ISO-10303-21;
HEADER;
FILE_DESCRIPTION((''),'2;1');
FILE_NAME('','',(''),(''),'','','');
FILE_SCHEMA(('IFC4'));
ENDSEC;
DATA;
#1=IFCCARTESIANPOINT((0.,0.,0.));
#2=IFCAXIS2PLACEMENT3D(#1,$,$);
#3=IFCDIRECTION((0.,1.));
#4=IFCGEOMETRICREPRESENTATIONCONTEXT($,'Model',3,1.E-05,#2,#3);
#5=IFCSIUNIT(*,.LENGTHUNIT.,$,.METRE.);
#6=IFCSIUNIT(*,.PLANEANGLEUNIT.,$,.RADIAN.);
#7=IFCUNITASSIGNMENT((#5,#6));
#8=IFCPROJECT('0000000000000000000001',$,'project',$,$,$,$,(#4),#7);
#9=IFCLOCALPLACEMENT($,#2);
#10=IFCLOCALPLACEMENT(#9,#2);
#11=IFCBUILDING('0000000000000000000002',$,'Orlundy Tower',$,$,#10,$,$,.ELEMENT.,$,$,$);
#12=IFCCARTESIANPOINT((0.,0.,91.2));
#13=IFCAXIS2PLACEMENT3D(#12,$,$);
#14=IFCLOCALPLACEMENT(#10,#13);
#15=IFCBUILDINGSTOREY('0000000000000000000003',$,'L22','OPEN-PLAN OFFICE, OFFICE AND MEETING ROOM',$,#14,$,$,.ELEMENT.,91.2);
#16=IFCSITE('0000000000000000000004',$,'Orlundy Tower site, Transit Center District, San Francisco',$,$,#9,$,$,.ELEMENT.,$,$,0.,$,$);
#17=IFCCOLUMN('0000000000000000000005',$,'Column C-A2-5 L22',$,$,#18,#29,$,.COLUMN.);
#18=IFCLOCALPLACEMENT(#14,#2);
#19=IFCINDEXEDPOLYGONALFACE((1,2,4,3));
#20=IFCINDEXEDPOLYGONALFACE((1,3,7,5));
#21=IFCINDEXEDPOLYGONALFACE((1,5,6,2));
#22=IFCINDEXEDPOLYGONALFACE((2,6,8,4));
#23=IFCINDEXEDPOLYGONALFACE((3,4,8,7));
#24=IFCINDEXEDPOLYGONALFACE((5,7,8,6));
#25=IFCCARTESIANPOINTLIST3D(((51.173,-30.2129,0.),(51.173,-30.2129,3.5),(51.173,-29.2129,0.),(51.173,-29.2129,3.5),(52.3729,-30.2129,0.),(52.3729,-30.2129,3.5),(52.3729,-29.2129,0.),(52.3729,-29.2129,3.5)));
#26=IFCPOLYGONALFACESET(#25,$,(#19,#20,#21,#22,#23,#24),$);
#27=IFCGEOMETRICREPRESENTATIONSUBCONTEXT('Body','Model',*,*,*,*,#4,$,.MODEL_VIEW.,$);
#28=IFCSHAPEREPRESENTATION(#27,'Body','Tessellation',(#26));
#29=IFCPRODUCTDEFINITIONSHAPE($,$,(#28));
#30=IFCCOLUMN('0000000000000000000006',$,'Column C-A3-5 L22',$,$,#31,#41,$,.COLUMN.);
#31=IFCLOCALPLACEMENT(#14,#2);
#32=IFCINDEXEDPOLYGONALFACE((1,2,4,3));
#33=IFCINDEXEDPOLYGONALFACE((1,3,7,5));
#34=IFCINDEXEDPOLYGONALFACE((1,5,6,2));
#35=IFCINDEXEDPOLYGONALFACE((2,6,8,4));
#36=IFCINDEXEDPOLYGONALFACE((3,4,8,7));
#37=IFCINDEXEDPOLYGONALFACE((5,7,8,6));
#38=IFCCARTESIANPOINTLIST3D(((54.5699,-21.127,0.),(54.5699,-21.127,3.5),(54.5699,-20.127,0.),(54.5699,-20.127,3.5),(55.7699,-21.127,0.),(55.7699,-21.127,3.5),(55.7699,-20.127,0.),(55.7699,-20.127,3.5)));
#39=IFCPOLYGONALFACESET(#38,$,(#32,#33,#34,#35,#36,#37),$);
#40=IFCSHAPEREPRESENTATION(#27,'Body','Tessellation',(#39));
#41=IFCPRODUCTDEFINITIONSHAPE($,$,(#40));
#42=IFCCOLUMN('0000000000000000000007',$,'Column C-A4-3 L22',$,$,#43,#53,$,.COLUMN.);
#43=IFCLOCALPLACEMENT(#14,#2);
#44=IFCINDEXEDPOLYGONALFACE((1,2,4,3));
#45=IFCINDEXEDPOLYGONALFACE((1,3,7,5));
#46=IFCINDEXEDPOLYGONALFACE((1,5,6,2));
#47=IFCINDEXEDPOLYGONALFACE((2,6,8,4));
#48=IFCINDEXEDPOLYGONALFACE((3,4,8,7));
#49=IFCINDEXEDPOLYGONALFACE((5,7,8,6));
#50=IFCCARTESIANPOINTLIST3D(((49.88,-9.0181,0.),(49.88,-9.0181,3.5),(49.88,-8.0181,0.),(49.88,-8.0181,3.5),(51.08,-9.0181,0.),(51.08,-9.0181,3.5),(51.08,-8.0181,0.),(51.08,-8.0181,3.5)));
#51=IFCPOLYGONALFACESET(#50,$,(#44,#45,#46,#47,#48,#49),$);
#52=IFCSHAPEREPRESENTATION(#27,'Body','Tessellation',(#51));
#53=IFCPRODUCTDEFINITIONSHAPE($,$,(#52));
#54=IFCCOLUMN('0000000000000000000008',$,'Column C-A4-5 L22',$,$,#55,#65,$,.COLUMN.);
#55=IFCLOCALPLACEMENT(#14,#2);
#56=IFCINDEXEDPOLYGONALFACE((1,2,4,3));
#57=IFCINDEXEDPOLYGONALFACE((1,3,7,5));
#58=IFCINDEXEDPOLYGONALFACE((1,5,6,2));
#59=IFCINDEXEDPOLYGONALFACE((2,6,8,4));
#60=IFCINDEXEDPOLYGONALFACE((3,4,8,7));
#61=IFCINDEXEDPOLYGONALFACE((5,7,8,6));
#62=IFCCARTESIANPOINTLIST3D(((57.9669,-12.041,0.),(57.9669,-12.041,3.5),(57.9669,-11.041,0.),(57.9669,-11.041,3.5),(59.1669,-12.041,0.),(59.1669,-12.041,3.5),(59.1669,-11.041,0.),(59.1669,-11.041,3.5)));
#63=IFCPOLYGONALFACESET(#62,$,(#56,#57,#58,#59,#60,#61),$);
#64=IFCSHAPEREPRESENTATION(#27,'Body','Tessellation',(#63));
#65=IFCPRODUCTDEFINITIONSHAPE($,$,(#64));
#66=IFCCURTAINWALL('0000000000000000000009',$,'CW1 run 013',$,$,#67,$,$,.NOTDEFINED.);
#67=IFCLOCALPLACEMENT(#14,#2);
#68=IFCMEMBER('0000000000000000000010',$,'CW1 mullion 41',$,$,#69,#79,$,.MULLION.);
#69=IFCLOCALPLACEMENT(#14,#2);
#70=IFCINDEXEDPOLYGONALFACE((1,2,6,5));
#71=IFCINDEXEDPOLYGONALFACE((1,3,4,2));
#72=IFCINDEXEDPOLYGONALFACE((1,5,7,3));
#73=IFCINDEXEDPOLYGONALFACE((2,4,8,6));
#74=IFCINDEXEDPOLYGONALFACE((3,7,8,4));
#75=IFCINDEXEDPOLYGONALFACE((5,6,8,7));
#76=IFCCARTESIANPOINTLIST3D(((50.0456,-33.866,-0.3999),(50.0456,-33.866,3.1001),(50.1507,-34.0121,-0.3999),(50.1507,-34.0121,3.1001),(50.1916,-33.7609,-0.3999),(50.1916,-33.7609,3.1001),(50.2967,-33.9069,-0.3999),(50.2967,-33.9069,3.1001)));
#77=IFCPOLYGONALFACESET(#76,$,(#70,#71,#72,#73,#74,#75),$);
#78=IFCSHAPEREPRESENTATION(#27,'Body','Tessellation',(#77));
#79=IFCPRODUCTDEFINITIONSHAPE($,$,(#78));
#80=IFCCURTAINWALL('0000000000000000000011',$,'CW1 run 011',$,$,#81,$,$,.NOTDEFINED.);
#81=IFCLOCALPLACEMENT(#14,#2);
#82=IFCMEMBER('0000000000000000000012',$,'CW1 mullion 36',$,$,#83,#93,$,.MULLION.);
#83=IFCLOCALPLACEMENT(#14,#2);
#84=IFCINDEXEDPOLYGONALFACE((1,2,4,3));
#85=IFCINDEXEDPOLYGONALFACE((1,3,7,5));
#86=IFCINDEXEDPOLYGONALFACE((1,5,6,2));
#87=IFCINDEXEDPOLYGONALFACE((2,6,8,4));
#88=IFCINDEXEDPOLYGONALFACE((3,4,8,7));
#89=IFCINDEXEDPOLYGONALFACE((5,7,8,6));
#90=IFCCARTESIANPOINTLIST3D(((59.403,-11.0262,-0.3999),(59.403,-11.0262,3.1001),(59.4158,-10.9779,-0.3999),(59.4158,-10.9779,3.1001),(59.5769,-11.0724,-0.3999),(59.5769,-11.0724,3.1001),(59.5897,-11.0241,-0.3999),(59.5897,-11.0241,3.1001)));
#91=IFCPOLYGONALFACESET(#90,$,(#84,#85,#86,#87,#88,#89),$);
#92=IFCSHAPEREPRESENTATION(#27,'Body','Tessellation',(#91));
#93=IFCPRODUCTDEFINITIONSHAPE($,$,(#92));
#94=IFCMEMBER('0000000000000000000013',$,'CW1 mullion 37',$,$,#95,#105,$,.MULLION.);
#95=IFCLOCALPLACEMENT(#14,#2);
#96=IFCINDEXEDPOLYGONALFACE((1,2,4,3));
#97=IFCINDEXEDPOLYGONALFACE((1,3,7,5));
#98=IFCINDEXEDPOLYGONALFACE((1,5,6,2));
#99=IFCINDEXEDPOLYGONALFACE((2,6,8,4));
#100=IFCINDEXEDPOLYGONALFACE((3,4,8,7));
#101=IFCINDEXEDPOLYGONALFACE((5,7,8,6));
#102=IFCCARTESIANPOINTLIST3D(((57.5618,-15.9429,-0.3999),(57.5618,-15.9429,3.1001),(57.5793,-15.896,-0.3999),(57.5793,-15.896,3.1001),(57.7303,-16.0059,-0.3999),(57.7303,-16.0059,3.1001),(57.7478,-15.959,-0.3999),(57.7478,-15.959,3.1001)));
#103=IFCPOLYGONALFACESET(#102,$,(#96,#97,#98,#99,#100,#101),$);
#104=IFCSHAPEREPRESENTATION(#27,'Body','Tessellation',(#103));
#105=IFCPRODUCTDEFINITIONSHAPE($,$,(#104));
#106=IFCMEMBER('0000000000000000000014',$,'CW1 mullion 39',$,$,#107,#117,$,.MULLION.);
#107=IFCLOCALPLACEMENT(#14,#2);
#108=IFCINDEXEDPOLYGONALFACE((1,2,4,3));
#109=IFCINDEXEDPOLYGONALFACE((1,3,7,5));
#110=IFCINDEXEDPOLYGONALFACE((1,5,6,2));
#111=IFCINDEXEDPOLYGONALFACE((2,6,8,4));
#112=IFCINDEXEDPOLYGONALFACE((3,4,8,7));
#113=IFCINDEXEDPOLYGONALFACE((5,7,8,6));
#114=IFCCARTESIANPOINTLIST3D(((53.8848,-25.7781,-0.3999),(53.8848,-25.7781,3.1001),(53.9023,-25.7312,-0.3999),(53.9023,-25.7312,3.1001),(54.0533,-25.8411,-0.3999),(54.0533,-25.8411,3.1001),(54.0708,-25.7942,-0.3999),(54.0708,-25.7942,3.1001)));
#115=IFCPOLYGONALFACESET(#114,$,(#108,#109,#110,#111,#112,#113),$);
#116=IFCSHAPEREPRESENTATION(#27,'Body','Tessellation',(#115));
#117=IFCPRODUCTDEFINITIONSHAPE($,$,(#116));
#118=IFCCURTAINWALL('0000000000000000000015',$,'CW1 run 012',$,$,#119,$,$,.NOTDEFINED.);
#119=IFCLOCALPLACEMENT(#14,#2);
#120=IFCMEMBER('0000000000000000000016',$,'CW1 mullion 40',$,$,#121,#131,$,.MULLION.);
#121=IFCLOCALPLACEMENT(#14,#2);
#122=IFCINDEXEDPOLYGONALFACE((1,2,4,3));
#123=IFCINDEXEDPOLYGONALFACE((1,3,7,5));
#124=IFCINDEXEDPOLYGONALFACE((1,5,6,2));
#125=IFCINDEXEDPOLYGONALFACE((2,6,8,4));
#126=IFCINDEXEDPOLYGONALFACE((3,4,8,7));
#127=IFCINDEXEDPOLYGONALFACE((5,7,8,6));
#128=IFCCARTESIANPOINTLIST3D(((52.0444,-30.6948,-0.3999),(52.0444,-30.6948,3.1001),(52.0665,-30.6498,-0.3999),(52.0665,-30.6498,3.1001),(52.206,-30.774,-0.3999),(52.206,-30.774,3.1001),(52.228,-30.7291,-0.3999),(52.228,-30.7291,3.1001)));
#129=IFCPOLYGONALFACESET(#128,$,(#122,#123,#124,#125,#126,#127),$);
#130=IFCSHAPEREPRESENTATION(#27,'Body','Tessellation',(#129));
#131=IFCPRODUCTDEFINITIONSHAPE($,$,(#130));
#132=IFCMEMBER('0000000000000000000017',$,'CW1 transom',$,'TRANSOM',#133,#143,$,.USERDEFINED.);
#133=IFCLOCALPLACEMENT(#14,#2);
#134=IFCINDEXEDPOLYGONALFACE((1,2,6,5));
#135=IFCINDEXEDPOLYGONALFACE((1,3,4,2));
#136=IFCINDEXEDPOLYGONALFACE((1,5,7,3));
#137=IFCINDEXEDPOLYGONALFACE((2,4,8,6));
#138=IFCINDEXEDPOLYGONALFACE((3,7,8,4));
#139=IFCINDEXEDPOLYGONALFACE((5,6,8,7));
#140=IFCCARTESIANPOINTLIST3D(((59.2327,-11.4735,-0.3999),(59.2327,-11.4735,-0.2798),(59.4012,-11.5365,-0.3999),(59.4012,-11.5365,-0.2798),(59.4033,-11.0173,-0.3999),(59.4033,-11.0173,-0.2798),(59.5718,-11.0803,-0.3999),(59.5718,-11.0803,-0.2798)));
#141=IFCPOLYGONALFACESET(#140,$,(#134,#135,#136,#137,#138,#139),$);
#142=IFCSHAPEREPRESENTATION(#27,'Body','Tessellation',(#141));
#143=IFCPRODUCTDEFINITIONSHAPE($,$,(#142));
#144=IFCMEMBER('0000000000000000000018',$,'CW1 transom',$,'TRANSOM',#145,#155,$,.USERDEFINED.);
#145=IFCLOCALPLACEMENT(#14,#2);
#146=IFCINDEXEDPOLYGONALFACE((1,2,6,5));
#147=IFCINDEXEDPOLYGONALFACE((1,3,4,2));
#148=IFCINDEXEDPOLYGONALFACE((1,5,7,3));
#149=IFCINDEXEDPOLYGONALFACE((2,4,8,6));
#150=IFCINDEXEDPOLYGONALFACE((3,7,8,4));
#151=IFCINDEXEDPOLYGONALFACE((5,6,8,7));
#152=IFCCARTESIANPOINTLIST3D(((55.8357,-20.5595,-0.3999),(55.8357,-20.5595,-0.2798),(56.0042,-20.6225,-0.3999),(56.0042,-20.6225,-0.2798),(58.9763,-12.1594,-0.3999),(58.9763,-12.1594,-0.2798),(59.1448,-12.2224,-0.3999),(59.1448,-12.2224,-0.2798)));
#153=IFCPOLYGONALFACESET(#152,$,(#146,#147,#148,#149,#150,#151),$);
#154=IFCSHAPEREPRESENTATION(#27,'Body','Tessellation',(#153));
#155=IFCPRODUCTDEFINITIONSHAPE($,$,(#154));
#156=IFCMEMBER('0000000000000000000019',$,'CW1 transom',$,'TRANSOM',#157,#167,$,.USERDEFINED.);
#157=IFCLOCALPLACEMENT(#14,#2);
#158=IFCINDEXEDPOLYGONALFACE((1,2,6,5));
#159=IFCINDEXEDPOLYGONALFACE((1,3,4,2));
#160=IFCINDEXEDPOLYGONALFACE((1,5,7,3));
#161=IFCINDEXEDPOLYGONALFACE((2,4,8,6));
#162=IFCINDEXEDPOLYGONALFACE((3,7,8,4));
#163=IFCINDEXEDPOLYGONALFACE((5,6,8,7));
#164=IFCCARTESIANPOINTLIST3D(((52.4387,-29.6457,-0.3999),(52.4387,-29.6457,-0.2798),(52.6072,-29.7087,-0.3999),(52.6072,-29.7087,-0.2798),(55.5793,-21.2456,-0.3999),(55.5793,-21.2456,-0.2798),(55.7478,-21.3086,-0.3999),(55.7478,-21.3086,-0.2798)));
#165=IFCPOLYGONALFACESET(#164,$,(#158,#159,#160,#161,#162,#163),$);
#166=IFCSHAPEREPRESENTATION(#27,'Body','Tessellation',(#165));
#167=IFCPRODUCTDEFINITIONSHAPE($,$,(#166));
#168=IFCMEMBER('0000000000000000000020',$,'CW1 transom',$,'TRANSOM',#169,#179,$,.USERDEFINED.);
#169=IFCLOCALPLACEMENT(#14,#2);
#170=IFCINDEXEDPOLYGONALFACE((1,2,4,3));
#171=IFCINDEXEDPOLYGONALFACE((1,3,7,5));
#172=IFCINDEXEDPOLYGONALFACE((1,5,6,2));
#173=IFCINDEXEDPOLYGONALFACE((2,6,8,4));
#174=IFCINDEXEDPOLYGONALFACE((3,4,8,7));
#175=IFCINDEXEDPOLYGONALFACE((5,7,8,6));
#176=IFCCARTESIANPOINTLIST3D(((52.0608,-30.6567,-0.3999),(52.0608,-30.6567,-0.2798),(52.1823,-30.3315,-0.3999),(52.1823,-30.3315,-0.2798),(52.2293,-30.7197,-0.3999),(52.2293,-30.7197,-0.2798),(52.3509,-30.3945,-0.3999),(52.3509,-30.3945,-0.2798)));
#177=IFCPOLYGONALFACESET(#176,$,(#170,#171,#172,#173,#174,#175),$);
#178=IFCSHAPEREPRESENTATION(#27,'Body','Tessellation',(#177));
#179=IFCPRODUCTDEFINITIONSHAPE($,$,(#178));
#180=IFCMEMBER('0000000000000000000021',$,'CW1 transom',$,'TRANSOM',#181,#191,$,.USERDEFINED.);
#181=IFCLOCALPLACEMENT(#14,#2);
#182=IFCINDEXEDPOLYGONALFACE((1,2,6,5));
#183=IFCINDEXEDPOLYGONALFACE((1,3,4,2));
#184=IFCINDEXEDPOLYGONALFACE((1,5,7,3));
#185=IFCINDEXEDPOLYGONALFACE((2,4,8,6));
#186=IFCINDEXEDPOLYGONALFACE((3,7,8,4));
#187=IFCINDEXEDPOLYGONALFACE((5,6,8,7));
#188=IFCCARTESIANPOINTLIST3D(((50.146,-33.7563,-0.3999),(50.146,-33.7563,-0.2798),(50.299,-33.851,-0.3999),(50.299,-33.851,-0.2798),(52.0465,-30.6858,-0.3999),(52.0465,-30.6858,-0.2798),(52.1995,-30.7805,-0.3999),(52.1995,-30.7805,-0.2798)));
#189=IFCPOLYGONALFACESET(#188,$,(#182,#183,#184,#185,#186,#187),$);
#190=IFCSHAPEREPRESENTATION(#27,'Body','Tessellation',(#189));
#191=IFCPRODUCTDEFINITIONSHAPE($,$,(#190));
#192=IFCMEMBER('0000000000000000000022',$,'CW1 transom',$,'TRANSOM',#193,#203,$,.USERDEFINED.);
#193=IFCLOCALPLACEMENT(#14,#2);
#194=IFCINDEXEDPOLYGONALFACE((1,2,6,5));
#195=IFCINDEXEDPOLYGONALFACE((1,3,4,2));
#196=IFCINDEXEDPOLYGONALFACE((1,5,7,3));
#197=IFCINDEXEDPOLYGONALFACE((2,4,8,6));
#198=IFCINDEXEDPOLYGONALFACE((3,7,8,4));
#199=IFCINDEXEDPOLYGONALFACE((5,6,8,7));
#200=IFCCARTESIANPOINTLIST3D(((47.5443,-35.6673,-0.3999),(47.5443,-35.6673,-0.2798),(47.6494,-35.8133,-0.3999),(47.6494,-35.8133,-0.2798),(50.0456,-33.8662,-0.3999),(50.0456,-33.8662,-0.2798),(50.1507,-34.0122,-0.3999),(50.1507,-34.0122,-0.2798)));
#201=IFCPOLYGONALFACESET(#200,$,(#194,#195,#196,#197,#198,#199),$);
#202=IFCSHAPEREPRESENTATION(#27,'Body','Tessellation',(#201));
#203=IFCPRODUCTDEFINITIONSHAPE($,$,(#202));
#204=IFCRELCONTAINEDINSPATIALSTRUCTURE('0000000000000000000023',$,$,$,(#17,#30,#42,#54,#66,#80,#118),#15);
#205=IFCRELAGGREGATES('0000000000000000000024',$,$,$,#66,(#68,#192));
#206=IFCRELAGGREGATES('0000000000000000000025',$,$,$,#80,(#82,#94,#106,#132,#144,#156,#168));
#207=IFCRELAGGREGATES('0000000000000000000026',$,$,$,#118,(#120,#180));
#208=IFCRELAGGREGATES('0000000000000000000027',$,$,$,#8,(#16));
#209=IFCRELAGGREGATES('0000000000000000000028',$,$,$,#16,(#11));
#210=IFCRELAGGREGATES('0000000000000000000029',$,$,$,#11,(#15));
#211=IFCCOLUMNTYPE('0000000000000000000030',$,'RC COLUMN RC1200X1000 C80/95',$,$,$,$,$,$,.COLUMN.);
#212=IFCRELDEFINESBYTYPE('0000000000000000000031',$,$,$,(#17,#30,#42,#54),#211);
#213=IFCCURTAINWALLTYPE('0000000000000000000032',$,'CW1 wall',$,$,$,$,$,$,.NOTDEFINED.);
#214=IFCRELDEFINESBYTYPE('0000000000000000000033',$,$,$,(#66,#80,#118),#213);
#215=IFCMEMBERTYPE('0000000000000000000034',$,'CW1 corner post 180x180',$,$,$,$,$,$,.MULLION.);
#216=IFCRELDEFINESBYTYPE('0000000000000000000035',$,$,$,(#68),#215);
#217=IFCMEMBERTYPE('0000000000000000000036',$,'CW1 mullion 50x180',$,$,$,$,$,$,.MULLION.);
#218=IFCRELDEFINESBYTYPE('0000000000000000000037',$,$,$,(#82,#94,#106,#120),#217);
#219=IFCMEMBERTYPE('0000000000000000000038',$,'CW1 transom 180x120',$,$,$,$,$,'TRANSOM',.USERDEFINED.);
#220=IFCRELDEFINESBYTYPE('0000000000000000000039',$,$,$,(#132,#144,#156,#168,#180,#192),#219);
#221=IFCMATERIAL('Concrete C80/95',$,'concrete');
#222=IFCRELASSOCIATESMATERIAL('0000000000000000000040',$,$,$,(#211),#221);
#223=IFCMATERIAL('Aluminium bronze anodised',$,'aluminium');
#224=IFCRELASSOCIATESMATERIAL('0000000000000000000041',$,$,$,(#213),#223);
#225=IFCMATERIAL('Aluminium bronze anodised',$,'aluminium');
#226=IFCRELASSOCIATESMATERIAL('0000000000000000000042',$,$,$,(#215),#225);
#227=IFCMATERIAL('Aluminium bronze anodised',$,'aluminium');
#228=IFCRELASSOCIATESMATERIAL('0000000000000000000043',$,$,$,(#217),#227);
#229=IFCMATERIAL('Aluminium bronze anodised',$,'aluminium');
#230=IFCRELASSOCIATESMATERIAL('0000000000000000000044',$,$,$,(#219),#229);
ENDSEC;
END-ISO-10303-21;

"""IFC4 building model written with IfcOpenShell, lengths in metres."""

from ifc_helpers import new_model, si_unit, direction, frame, origin, origin_2d, place, context, subcontext, project, spatial, rectangle, extrude, material, material_profile, profile_set, type_object, element, aggregate, save


model = new_model("IFC4")

# Units and contexts
model_context = context("Model", 3, precision=1e-05, world=origin(), true_north=direction((0.0, 1.0)))
body_context = subcontext(model_context, "Body", "Model", "MODEL_VIEW")
ifc_project = project(units=[si_unit("LENGTHUNIT", "METRE"), si_unit("PLANEANGLEUNIT", "RADIAN")], contexts=[model_context])

# Site, building, storey
site_placement = place(None, origin())
site = spatial("IfcSite", under=ifc_project, at=site_placement, Name="Orlundy Tower site, Transit Center District, San Francisco", CompositionType="ELEMENT", RefElevation=0.0)
building_placement = place(site_placement, origin())
building = spatial("IfcBuilding", under=site, at=building_placement, Name="Orlundy Tower", CompositionType="ELEMENT")
storey_placement = place(building_placement, frame((0.0, 0.0, 91.2)))
storey = spatial("IfcBuildingStorey", under=building, at=storey_placement, Name="L22", Description="OPEN-PLAN OFFICE, OFFICE AND MEETING ROOM", CompositionType="ELEMENT", Elevation=91.2)

# Columns
ifc_material_1 = material(Name="Concrete C80/95", Category="concrete")
ifc_material_profile_1 = material_profile(ifc_material_1, rectangle(XDim=1.2, YDim=1.0, at=origin_2d()), Name="RC1200X1000")
ifc_profile_set_1 = profile_set([ifc_material_profile_1], Name="Concrete C80/95")
column_type = type_object("IfcColumnType", Name="RC COLUMN RC1200X1000 C80/95", PredefinedType="COLUMN", material=ifc_profile_set_1)
for number, where, z_axis, x_axis, name in (
    (1, (51.7729, -29.7129, 0.0), (0.0, 0.0, 1.0), (1.0, 0.0, 0.0), "Column C-A2-5 L22"),
    (2, (55.1699, -20.627, 0.0), (0.0, 0.0, 1.0), (1.0, 0.0, 0.0), "Column C-A3-5 L22"),
    (3, (50.48, -8.5181, 0.0), (0.0, 0.0, 1.0), (1.0, 0.0, 0.0), "Column C-A4-3 L22"),
    (4, (58.5669, -11.541, 0.0), (0.0, 0.0, 1.0), (1.0, 0.0, 0.0), "Column C-A4-5 L22"),
):
    element("IfcColumn", number, at=place(storey_placement, frame(where, z_axis=z_axis, x_axis=x_axis)), inside=storey, type_object=column_type, Name=name, PredefinedType="COLUMN", context=body_context, shape_type="SweptSolid", body=[
        extrude(rectangle(XDim=1.2, YDim=1.0, at=origin_2d()), origin(), (0.0, 0.0, 1.0), 3.5),
    ])

# Curtain wall, member
ifc_material_2 = material(Name="Aluminium bronze anodised", Category="aluminium")
curtain_wall_type = type_object("IfcCurtainWallType", Name="CW1 wall", PredefinedType="NOTDEFINED", material=ifc_material_2)
curtain_wall_1_placement = place(storey_placement, origin())
curtain_wall_1 = element("IfcCurtainWall", 5, at=curtain_wall_1_placement, inside=storey, type_object=curtain_wall_type, Name="CW1 run 013", PredefinedType="NOTDEFINED")
ifc_material_3 = material(Name="Aluminium bronze anodised", Category="aluminium")
ifc_material_profile_2 = material_profile(ifc_material_3, rectangle(XDim=0.1799, YDim=0.1799, at=origin_2d()), Name="CW1 corner post 180x180")
ifc_profile_set_2 = profile_set([ifc_material_profile_2], Name="Aluminium bronze anodised")
member_type_1 = type_object("IfcMemberType", Name="CW1 corner post 180x180", PredefinedType="MULLION", material=ifc_profile_set_2)
member_1_placement = place(storey_placement, frame((50.1711, -33.8865, -0.3999), z_axis=(0.0, 0.0, 1.0), x_axis=(0.584347, -0.811504, 0.0)))
member_1 = element("IfcMember", 6, at=member_1_placement, type_object=member_type_1, Name="CW1 mullion 41", PredefinedType="MULLION", context=body_context, shape_type="SweptSolid", body=[
    extrude(rectangle(XDim=0.1799, YDim=0.1799, at=origin_2d()), origin(), (0.0, 0.0, 1.0), 3.5),
])

# Curtain wall, members
curtain_wall_2_placement = place(storey_placement, origin())
curtain_wall_2 = element("IfcCurtainWall", 7, at=curtain_wall_2_placement, inside=storey, type_object=curtain_wall_type, Name="CW1 run 011", PredefinedType="NOTDEFINED")
ifc_material_4 = material(Name="Aluminium bronze anodised", Category="aluminium")
ifc_material_profile_3 = material_profile(ifc_material_4, rectangle(XDim=0.1799, YDim=0.05, at=origin_2d()), Name="CW1 mullion 50x180")
ifc_profile_set_3 = profile_set([ifc_material_profile_3], Name="Aluminium bronze anodised")
member_type_2 = type_object("IfcMemberType", Name="CW1 mullion 50x180", PredefinedType="MULLION", material=ifc_profile_set_3)
member_2_placement = place(storey_placement, frame((59.4963, -11.0251, -0.3999), z_axis=(0.0, 0.0, 1.0), x_axis=(0.966481, -0.256737, 0.0)))
member_2 = element("IfcMember", 8, at=member_2_placement, type_object=member_type_2, Name="CW1 mullion 36", PredefinedType="MULLION", context=body_context, shape_type="SweptSolid", body=[
    extrude(rectangle(XDim=0.1799, YDim=0.05, at=origin_2d()), origin(), (0.0, 0.0, 1.0), 3.5),
])
member_3_placement = place(storey_placement, frame((57.6548, -15.9509, -0.3999), z_axis=(0.0, 0.0, 1.0), x_axis=(0.936677, -0.350194, 0.0)))
member_3 = element("IfcMember", 9, at=member_3_placement, type_object=member_type_2, Name="CW1 mullion 37", PredefinedType="MULLION", context=body_context, shape_type="SweptSolid", body=[
    extrude(rectangle(XDim=0.1799, YDim=0.05, at=origin_2d()), origin(), (0.0, 0.0, 1.0), 3.5),
])
member_4_placement = place(storey_placement, frame((53.9778, -25.7861, -0.3999), z_axis=(0.0, 0.0, 1.0), x_axis=(0.936677, -0.350194, 0.0)))
member_4 = element("IfcMember", 10, at=member_4_placement, type_object=member_type_2, Name="CW1 mullion 39", PredefinedType="MULLION", context=body_context, shape_type="SweptSolid", body=[
    extrude(rectangle(XDim=0.1799, YDim=0.05, at=origin_2d()), origin(), (0.0, 0.0, 1.0), 3.5),
])

# Curtain wall, member
curtain_wall_3_placement = place(storey_placement, origin())
curtain_wall_3 = element("IfcCurtainWall", 11, at=curtain_wall_3_placement, inside=storey, type_object=curtain_wall_type, Name="CW1 run 012", PredefinedType="NOTDEFINED")
member_5_placement = place(storey_placement, frame((52.1362, -30.7119, -0.3999), z_axis=(0.0, 0.0, 1.0), x_axis=(0.897814, -0.440374, 0.0)))
member_5 = element("IfcMember", 12, at=member_5_placement, type_object=member_type_2, Name="CW1 mullion 40", PredefinedType="MULLION", context=body_context, shape_type="SweptSolid", body=[
    extrude(rectangle(XDim=0.1799, YDim=0.05, at=origin_2d()), origin(), (0.0, 0.0, 1.0), 3.5),
])

# Members
ifc_material_5 = material(Name="Aluminium bronze anodised", Category="aluminium")
ifc_material_profile_4 = material_profile(ifc_material_5, rectangle(XDim=0.1799, YDim=0.1201, at=origin_2d()), Name="CW1 transom 180x120")
ifc_profile_set_4 = profile_set([ifc_material_profile_4], Name="Aluminium bronze anodised")
member_type_3 = type_object("IfcMemberType", Name="CW1 transom 180x120", ElementType="TRANSOM", PredefinedType="USERDEFINED", material=ifc_profile_set_4)
member_6_placement = place(storey_placement, frame((59.4875, -11.0488, -0.3398), z_axis=(-0.3503, -0.936638, 0.0), x_axis=(0.936638, -0.3503, 0.0)))
member_6 = element("IfcMember", 13, at=member_6_placement, type_object=member_type_3, Name="CW1 transom", ObjectType="TRANSOM", PredefinedType="USERDEFINED", context=body_context, shape_type="SweptSolid", body=[
    extrude(rectangle(XDim=0.1799, YDim=0.1201, at=origin_2d()), origin(), (0.0, 0.0, 1.0), 0.4871),
])
member_7_placement = place(storey_placement, frame((59.0605, -12.1909, -0.3398), z_axis=(-0.350201, -0.936674, 0.0), x_axis=(0.936674, -0.350201, 0.0)))
member_7 = element("IfcMember", 14, at=member_7_placement, type_object=member_type_3, Name="CW1 transom", ObjectType="TRANSOM", PredefinedType="USERDEFINED", context=body_context, shape_type="SweptSolid", body=[
    extrude(rectangle(XDim=0.1799, YDim=0.1201, at=origin_2d()), origin(), (0.0, 0.0, 1.0), 8.968),
])
member_8_placement = place(storey_placement, frame((55.6636, -21.2771, -0.3398), z_axis=(-0.350201, -0.936674, 0.0), x_axis=(0.936674, -0.350201, 0.0)))
member_8 = element("IfcMember", 15, at=member_8_placement, type_object=member_type_3, Name="CW1 transom", ObjectType="TRANSOM", PredefinedType="USERDEFINED", context=body_context, shape_type="SweptSolid", body=[
    extrude(rectangle(XDim=0.1799, YDim=0.1201, at=origin_2d()), origin(), (0.0, 0.0, 1.0), 8.968),
])
member_9_placement = place(storey_placement, frame((52.2666, -30.363, -0.3398), z_axis=(-0.350199, -0.936676, 0.0), x_axis=(0.936676, -0.350199, 0.0)))
member_9 = element("IfcMember", 16, at=member_9_placement, type_object=member_type_3, Name="CW1 transom", ObjectType="TRANSOM", PredefinedType="USERDEFINED", context=body_context, shape_type="SweptSolid", body=[
    extrude(rectangle(XDim=0.1799, YDim=0.1201, at=origin_2d()), origin(), (0.0, 0.0, 1.0), 0.3472),
])
member_10_placement = place(storey_placement, frame((52.123, -30.7332, -0.3398), z_axis=(-0.526317, -0.850288, 0.0), x_axis=(0.850288, -0.526317, 0.0)))
member_10 = element("IfcMember", 17, at=member_10_placement, type_object=member_type_3, Name="CW1 transom", ObjectType="TRANSOM", PredefinedType="USERDEFINED", context=body_context, shape_type="SweptSolid", body=[
    extrude(rectangle(XDim=0.1799, YDim=0.1201, at=origin_2d()), origin(), (0.0, 0.0, 1.0), 3.6111),
])
member_11_placement = place(storey_placement, frame((50.0981, -33.9392, -0.3398), z_axis=(-0.811512, -0.584336, 0.0), x_axis=(0.584336, -0.811512, 0.0)))
member_11 = element("IfcMember", 18, at=member_11_placement, type_object=member_type_3, Name="CW1 transom", ObjectType="TRANSOM", PredefinedType="USERDEFINED", context=body_context, shape_type="SweptSolid", body=[
    extrude(rectangle(XDim=0.1799, YDim=0.1201, at=origin_2d()), origin(), (0.0, 0.0, 1.0), 3.0823),
])
aggregate(curtain_wall_1, [member_1, member_11])

aggregate(curtain_wall_2, [member_2, member_3, member_4, member_6, member_7, member_8, member_9])
aggregate(curtain_wall_3, [member_5, member_10])

save(model, "model.ifc")
